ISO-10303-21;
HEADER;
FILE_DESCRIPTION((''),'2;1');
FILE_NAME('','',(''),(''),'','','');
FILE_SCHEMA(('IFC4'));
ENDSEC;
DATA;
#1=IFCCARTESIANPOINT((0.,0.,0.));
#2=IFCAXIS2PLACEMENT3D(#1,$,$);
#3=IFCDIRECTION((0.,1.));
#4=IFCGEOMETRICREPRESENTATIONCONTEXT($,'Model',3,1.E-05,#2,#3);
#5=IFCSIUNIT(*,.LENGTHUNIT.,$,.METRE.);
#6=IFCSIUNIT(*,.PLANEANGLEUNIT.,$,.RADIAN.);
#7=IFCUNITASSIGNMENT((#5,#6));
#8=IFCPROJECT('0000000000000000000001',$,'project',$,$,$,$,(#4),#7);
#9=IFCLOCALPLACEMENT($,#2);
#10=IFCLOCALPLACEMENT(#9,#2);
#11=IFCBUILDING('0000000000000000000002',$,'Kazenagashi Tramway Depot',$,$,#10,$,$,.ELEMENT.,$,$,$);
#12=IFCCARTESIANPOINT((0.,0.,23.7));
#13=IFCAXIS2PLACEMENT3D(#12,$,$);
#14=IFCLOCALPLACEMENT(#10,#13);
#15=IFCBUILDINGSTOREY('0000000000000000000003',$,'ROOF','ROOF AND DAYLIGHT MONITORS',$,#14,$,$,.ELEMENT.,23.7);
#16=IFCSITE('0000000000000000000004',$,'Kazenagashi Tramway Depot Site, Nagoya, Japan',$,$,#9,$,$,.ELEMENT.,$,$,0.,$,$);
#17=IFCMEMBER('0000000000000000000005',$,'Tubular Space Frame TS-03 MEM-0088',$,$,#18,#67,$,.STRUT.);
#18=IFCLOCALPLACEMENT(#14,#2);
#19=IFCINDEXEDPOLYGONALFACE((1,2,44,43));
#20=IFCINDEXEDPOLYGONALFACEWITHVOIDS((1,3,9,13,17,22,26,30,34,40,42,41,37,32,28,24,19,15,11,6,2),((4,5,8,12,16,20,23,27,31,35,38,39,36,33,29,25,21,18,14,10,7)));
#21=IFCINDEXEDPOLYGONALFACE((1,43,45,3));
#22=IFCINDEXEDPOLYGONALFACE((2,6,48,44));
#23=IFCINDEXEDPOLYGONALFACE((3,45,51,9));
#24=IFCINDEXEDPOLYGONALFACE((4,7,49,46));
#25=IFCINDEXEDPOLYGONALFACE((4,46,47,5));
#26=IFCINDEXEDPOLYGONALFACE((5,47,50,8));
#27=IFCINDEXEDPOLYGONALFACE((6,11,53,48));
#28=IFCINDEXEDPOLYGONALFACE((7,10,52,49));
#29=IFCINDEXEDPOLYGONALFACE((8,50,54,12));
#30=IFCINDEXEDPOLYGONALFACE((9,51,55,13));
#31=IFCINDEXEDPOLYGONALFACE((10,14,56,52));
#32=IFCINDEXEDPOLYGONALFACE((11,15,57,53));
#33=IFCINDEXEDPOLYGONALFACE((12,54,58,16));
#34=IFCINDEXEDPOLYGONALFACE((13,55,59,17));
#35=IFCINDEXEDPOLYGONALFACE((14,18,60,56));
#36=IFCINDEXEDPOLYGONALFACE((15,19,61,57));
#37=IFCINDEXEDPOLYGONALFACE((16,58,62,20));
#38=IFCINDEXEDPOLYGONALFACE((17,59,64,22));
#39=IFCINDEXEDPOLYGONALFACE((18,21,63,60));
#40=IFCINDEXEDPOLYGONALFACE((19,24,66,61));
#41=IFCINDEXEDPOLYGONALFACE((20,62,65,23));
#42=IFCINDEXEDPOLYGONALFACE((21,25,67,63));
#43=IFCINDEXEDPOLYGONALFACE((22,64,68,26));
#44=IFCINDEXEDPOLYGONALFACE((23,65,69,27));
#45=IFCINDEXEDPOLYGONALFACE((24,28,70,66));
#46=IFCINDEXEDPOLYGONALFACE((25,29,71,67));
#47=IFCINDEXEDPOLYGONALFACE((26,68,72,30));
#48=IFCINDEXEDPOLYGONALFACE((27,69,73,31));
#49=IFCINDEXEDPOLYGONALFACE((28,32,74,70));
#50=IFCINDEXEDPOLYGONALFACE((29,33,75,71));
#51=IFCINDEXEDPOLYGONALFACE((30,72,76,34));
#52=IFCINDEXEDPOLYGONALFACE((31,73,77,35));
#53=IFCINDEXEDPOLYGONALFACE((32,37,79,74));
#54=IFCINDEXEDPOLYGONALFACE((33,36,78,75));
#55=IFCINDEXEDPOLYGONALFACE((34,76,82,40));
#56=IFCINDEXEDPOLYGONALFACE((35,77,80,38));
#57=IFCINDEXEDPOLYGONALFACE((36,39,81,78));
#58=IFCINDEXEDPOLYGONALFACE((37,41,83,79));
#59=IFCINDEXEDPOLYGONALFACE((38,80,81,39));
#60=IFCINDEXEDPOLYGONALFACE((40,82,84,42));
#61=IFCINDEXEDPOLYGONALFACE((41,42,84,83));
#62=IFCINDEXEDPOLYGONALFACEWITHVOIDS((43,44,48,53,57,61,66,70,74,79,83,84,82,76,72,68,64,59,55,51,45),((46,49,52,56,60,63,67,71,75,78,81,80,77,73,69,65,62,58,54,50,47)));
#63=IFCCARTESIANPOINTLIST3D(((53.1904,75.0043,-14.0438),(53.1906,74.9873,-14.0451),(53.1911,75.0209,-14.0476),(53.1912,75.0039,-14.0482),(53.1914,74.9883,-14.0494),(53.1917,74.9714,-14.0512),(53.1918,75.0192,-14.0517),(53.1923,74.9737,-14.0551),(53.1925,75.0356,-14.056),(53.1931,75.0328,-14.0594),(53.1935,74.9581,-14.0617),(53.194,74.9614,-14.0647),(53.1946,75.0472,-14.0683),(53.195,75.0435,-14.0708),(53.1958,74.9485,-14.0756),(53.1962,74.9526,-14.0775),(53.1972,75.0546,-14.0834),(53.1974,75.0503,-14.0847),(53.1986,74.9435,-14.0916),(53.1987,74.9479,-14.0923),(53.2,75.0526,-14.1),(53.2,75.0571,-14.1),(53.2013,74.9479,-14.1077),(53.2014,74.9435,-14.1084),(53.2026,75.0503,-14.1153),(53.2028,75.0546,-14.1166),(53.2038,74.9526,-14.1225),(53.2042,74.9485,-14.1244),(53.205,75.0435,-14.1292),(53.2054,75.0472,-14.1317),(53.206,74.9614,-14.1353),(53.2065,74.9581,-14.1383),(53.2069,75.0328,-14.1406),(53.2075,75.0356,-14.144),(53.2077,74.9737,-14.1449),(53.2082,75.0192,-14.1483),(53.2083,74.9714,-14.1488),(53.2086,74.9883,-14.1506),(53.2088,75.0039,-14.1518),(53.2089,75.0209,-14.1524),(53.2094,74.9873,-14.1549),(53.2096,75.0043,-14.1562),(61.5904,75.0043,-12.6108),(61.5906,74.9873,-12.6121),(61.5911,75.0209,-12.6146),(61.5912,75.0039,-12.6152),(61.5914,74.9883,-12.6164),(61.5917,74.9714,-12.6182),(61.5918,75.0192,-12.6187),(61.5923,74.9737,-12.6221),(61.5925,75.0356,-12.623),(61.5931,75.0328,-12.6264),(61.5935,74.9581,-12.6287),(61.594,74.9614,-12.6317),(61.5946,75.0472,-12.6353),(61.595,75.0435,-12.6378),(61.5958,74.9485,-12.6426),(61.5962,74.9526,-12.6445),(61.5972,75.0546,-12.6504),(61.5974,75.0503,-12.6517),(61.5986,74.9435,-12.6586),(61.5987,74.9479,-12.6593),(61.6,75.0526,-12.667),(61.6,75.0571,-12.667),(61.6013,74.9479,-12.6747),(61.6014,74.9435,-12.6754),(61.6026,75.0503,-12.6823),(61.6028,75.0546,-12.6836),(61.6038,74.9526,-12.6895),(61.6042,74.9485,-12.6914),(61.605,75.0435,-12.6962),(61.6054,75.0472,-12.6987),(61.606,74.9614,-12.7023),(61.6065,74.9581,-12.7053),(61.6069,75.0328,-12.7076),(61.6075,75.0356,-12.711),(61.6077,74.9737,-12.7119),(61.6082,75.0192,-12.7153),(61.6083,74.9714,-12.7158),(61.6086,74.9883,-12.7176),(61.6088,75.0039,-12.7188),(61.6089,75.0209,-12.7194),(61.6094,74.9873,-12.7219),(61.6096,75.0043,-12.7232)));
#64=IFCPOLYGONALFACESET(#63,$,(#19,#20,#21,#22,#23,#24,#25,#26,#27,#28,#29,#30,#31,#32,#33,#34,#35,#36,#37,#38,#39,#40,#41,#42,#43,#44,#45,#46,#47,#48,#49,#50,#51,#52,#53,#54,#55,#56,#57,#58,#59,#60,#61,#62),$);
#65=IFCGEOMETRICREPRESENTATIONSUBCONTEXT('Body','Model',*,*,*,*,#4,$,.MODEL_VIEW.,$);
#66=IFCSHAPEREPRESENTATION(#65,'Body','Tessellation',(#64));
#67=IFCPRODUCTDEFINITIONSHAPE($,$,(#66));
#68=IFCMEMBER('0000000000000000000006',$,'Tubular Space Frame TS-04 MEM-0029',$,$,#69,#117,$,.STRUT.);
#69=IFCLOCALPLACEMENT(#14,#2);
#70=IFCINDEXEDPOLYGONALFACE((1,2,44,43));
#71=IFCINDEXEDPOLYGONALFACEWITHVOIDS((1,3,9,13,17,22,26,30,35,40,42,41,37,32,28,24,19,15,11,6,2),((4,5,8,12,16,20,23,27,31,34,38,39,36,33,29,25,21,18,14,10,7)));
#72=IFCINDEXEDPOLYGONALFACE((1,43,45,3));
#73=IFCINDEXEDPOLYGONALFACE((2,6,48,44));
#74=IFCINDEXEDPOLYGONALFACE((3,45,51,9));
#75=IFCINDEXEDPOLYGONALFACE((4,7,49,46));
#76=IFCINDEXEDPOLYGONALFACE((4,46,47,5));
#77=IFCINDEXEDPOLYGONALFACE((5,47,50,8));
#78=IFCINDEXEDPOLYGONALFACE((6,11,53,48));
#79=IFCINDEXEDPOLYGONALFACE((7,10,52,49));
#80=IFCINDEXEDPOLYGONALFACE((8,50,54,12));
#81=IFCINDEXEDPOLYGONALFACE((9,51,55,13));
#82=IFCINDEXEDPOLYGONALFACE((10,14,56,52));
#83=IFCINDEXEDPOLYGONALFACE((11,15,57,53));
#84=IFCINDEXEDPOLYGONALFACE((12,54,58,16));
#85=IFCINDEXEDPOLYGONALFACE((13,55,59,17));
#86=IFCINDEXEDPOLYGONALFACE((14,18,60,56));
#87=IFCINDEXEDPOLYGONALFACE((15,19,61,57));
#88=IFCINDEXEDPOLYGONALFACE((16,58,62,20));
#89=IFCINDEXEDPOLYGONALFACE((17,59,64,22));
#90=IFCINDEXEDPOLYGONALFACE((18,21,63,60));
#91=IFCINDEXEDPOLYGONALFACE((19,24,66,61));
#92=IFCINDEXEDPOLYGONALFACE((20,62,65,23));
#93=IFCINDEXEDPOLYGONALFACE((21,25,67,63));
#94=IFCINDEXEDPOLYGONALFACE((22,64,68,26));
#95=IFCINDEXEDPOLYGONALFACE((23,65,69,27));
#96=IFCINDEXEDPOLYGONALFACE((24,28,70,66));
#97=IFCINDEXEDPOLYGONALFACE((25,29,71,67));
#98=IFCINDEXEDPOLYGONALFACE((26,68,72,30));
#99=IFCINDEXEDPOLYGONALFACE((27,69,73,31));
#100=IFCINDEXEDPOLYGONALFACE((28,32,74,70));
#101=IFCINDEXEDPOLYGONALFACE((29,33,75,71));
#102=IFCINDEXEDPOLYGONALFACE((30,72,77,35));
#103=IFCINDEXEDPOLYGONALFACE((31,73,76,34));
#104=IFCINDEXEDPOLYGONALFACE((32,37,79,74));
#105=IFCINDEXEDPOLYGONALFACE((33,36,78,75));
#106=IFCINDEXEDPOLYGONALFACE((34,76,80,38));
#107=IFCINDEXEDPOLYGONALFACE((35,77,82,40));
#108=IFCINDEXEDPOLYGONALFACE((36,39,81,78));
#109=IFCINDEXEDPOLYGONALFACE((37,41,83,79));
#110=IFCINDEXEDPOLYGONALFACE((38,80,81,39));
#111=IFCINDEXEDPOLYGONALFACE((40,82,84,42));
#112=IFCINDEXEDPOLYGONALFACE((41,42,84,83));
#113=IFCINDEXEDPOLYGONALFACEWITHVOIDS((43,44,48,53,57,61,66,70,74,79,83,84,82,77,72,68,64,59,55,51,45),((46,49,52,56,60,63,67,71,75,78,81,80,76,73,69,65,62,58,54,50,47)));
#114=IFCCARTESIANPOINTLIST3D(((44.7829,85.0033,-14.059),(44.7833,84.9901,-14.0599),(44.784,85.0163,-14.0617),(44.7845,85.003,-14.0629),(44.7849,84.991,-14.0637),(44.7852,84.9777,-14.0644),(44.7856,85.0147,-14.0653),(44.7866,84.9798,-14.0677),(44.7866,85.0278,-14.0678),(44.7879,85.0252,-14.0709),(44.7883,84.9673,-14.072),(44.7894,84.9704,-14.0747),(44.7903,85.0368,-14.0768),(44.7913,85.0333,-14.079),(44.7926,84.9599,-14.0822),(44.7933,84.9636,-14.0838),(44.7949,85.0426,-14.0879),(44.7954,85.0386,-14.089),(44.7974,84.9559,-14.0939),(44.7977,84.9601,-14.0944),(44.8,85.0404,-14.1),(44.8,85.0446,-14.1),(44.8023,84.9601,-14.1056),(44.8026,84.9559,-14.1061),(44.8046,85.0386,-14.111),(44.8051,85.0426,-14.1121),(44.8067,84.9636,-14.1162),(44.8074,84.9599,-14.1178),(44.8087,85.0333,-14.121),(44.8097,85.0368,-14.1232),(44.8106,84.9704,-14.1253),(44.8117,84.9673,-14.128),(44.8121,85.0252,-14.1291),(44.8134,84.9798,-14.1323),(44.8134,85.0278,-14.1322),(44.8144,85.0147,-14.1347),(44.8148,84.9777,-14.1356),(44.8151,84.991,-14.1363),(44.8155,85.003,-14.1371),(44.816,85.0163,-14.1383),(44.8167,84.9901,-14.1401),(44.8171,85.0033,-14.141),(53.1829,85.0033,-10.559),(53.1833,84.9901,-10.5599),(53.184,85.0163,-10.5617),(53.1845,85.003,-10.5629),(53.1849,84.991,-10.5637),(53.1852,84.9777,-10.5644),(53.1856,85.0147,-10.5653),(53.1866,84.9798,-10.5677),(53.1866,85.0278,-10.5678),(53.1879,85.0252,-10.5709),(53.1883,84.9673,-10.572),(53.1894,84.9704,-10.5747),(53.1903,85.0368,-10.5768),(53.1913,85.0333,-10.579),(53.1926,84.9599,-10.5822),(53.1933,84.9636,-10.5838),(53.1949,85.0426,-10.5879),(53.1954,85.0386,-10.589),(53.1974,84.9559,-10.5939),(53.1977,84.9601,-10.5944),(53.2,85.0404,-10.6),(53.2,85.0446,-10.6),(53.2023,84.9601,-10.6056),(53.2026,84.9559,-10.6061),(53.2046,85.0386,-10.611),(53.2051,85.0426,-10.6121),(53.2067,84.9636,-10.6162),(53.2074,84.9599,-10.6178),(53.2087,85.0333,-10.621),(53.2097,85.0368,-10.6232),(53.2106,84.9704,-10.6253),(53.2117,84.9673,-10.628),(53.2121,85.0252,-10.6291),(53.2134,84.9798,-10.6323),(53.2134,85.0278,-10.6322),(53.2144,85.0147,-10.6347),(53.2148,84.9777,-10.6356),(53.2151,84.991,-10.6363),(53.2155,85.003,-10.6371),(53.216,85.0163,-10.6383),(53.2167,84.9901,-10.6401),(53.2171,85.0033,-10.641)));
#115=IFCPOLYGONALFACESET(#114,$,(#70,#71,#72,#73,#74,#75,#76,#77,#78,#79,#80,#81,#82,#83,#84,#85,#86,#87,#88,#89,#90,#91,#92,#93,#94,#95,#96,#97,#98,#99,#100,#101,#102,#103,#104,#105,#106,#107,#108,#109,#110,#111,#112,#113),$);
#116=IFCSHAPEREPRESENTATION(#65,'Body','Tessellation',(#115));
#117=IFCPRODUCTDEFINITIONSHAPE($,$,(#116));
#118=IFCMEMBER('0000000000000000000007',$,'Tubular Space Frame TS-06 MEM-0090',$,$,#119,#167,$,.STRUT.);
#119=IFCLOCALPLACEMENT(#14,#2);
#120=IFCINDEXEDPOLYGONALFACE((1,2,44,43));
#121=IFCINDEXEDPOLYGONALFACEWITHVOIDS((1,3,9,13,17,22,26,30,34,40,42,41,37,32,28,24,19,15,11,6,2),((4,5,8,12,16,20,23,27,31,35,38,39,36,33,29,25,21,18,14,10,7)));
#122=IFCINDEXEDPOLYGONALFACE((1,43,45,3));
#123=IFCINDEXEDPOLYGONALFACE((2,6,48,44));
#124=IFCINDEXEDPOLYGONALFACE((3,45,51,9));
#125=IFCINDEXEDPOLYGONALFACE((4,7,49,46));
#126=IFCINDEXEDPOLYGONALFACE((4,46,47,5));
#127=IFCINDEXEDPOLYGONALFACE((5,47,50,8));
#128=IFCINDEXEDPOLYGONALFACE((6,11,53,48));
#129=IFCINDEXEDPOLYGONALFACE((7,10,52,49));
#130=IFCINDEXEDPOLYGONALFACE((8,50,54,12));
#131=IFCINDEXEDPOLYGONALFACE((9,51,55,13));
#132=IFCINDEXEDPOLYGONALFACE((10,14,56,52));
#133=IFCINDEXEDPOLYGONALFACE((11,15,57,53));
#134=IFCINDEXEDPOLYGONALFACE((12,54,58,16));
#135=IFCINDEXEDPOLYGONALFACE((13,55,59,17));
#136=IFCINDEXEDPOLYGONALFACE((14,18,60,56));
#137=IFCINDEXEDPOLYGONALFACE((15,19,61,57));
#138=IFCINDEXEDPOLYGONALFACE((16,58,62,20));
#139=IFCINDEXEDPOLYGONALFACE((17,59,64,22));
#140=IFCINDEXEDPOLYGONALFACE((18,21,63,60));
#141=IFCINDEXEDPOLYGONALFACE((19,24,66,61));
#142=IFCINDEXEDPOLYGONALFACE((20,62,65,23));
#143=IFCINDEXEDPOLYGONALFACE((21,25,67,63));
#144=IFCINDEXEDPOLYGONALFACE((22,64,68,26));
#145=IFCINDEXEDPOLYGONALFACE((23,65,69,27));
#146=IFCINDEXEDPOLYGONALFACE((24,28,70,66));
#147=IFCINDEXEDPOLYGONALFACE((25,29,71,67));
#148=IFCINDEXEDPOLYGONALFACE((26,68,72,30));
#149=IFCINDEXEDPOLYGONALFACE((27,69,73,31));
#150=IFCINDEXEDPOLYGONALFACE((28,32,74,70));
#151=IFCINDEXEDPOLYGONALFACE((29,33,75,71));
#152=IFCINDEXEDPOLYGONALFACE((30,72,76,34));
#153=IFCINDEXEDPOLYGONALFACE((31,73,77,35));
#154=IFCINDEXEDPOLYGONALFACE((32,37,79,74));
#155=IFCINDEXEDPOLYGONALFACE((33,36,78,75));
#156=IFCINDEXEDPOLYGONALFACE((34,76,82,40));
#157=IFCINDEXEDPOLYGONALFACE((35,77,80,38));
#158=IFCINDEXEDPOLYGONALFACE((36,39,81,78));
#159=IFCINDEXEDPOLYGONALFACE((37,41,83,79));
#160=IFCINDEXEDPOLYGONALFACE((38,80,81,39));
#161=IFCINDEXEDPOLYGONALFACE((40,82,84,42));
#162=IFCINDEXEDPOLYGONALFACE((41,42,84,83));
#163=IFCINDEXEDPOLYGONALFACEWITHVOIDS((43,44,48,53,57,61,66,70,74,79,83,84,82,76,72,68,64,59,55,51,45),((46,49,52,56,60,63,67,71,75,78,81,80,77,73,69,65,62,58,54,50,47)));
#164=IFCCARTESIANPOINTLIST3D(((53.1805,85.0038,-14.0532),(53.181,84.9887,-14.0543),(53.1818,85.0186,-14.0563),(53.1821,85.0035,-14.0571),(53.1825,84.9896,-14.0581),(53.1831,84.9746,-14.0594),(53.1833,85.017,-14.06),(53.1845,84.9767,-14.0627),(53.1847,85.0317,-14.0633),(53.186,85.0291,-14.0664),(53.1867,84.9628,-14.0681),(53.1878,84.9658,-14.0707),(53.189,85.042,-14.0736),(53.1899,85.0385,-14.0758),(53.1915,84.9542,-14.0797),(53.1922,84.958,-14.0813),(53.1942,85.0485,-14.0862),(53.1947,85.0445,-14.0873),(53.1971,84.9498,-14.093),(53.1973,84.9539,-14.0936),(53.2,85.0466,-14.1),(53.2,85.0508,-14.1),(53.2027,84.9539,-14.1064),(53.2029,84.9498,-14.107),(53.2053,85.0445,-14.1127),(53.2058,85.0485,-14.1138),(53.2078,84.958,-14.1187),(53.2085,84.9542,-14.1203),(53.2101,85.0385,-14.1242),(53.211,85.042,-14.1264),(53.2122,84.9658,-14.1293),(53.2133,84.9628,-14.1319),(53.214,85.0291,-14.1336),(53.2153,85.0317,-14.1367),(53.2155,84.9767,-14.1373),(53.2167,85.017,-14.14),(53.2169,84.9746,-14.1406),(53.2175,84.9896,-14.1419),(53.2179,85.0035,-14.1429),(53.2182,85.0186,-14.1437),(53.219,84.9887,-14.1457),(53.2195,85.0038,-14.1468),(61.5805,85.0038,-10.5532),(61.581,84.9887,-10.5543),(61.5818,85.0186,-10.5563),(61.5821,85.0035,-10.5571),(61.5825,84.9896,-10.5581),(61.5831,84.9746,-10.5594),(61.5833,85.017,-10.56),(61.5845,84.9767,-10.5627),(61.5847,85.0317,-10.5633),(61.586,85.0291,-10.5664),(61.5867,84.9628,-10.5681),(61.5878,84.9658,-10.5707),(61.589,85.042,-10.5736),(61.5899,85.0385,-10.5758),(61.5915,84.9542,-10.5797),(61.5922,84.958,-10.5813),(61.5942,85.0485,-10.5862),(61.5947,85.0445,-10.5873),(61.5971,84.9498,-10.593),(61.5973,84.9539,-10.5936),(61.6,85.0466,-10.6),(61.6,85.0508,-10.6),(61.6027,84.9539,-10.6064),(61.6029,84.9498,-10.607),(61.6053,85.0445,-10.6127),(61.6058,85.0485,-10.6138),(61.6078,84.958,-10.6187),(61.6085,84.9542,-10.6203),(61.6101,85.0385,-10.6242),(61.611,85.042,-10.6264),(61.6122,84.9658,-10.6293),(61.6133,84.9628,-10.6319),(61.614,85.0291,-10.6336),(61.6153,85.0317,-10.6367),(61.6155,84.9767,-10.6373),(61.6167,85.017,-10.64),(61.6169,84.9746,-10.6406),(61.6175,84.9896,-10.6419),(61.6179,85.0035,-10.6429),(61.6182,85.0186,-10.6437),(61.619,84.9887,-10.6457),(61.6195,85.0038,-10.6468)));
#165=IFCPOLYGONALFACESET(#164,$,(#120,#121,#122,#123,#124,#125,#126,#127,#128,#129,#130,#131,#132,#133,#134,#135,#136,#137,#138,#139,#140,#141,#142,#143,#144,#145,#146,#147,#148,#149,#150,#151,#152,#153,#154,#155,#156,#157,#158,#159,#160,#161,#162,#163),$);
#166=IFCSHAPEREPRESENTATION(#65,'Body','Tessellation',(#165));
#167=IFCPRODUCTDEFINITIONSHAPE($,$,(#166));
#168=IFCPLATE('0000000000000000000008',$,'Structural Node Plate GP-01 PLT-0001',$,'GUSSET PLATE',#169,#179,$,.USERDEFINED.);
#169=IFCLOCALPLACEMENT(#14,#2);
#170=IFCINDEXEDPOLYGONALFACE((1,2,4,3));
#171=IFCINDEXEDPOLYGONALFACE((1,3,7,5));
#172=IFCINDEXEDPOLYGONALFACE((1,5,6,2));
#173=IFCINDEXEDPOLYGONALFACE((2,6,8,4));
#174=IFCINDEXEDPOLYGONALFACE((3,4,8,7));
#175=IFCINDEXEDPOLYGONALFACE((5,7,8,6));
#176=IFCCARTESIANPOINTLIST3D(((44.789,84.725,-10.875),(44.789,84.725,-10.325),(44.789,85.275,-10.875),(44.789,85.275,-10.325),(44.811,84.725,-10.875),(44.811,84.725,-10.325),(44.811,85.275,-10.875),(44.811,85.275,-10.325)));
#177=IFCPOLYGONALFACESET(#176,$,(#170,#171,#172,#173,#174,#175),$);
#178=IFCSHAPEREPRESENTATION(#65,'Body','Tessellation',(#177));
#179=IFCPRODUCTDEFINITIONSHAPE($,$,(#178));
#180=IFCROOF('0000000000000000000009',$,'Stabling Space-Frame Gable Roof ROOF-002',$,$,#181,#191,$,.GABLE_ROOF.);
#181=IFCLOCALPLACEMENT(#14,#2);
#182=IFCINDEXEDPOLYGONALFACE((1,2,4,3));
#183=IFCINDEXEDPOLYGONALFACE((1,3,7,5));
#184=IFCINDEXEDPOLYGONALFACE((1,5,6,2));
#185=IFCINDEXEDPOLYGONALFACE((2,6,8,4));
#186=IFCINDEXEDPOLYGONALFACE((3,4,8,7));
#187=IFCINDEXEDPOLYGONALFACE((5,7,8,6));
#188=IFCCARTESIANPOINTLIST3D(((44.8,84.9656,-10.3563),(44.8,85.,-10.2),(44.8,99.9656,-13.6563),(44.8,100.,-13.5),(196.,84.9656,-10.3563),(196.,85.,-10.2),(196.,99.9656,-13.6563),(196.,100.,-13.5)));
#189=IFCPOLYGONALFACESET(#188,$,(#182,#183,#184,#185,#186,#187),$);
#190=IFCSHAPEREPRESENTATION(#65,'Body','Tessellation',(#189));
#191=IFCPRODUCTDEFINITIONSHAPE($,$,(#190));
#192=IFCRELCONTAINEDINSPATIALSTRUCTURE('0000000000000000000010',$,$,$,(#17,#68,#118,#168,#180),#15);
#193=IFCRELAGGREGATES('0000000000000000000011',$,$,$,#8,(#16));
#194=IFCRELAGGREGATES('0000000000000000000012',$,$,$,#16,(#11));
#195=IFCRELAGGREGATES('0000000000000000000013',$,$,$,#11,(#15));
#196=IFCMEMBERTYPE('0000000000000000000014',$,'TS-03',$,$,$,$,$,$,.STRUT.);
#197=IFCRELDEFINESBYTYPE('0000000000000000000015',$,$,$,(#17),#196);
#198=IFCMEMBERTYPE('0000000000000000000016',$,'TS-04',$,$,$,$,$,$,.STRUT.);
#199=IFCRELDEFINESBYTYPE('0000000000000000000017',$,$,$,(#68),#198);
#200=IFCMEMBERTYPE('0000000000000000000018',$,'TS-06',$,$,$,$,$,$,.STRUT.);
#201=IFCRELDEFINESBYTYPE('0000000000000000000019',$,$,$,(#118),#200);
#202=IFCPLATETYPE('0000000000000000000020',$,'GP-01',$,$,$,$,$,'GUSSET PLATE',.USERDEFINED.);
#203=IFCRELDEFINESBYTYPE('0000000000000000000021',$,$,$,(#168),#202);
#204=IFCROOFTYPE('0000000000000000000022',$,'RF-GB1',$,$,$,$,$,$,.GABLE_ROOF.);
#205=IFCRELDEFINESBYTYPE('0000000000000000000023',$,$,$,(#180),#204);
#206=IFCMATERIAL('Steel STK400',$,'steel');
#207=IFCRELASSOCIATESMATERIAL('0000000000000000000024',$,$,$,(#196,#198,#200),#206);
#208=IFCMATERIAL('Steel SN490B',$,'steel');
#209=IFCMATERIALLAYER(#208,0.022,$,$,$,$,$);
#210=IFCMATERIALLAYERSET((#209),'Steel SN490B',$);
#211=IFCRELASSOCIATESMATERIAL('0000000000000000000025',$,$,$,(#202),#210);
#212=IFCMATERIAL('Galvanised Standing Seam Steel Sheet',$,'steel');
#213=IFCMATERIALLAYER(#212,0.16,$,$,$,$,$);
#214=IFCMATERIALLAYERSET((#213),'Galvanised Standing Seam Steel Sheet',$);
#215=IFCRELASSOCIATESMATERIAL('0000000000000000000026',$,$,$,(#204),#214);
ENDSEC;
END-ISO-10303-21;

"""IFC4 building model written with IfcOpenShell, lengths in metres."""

from ifc_helpers import new_model, si_unit, direction, frame, origin, origin_2d, place, context, subcontext, project, spatial, polyline, rectangle, hollow_circle, outline, extrude, material, layer, layer_set, material_profile, profile_set, type_object, element, save


model = new_model("IFC4")

# Units and contexts
model_context = context("Model", 3, precision=1e-05, world=origin(), true_north=direction((0.0, 1.0)))
body_context = subcontext(model_context, "Body", "Model", "MODEL_VIEW")
ifc_project = project(units=[si_unit("LENGTHUNIT", "METRE"), si_unit("PLANEANGLEUNIT", "RADIAN")], contexts=[model_context])

# Site, building, storey
site_placement = place(None, origin())
site = spatial("IfcSite", under=ifc_project, at=site_placement, Name="Kazenagashi Tramway Depot Site, Nagoya, Japan", CompositionType="ELEMENT", RefElevation=0.0)
building_placement = place(site_placement, origin())
building = spatial("IfcBuilding", under=site, at=building_placement, Name="Kazenagashi Tramway Depot", CompositionType="ELEMENT")
storey_placement = place(building_placement, frame((0.0, 0.0, 23.7)))
storey = spatial("IfcBuildingStorey", under=building, at=storey_placement, Name="ROOF", Description="ROOF AND DAYLIGHT MONITORS", CompositionType="ELEMENT", Elevation=23.7)

# Members
ifc_material_1 = material(Name="Steel STK400", Category="steel")
ifc_material_profile_1 = material_profile(ifc_material_1, hollow_circle(Radius=0.0571, WallThickness=0.0045, at=origin_2d()), Name="CHS-114.3x4.5")
ifc_profile_set_1 = profile_set([ifc_material_profile_1], Name="Steel STK400")
member_type_1 = type_object("IfcMemberType", Name="TS-03", PredefinedType="STRUT", material=ifc_profile_set_1)
for number, where, z_axis, x_axis, name in (
    (1, (53.2, 75.0, -14.1), (0.985759, 0.0, 0.168166), (0.0, 1.0, 0.0), "Tubular Space Frame TS-03 MEM-0088"),
):
    element("IfcMember", number, at=place(storey_placement, frame(where, z_axis=z_axis, x_axis=x_axis)), inside=storey, type_object=member_type_1, Name=name, PredefinedType="STRUT", context=body_context, shape_type="SweptSolid", body=[
        extrude(hollow_circle(Radius=0.0571, WallThickness=0.0045, at=origin_2d()), origin(), (0.0, 0.0, 1.0), 8.5214),
    ])
ifc_material_profile_2 = material_profile(ifc_material_1, hollow_circle(Radius=0.0445, WallThickness=0.0042, at=origin_2d()), Name="CHS-89.1x4.2")
ifc_profile_set_2 = profile_set([ifc_material_profile_2], Name="Steel STK400")
member_type_2 = type_object("IfcMemberType", Name="TS-04", PredefinedType="STRUT", material=ifc_profile_set_2)
member_1_placement = place(storey_placement, frame((44.8, 85.0, -14.1), z_axis=(0.923077, 0.0, 0.384615), x_axis=(0.0, 1.0, 0.0)))
element("IfcMember", 2, at=member_1_placement, inside=storey, type_object=member_type_2, Name="Tubular Space Frame TS-04 MEM-0029", PredefinedType="STRUT", context=body_context, shape_type="SweptSolid", body=[
    extrude(hollow_circle(Radius=0.0445, WallThickness=0.0042, at=origin_2d()), origin(), (0.0, 0.0, 1.0), 9.1),
])
ifc_material_profile_3 = material_profile(ifc_material_1, hollow_circle(Radius=0.0508, WallThickness=0.0042, at=origin_2d()), Name="CHS-101.6x4.2")
ifc_profile_set_3 = profile_set([ifc_material_profile_3], Name="Steel STK400")
member_type_3 = type_object("IfcMemberType", Name="TS-06", PredefinedType="STRUT", material=ifc_profile_set_3)
member_2_placement = place(storey_placement, frame((53.2, 85.0, -14.1), z_axis=(0.923077, 0.0, 0.384615), x_axis=(0.0, 1.0, 0.0)))
element("IfcMember", 3, at=member_2_placement, inside=storey, type_object=member_type_3, Name="Tubular Space Frame TS-06 MEM-0090", PredefinedType="STRUT", context=body_context, shape_type="SweptSolid", body=[
    extrude(hollow_circle(Radius=0.0508, WallThickness=0.0042, at=origin_2d()), origin(), (0.0, 0.0, 1.0), 9.1),
])

# Plate
ifc_material_2 = material(Name="Steel SN490B", Category="steel")
ifc_layer_1 = layer(ifc_material_2, 0.022)
ifc_layer_set_1 = layer_set([ifc_layer_1], Name="Steel SN490B")
plate_type = type_object("IfcPlateType", Name="GP-01", ElementType="GUSSET PLATE", PredefinedType="USERDEFINED", material=ifc_layer_set_1)
plate_placement = place(storey_placement, frame((44.8, 85.0, -10.875), z_axis=(0.0, 0.0, 1.0), x_axis=(0.0, 1.0, 0.0)))
element("IfcPlate", 4, at=plate_placement, inside=storey, type_object=plate_type, Name="Structural Node Plate GP-01 PLT-0001", ObjectType="GUSSET PLATE", PredefinedType="USERDEFINED", context=body_context, shape_type="SweptSolid", body=[
    extrude(rectangle(XDim=0.55, YDim=0.022, at=origin_2d()), origin(), (0.0, 0.0, 1.0), 0.55),
])

# Roof
ifc_material_3 = material(Name="Galvanised Standing Seam Steel Sheet", Category="steel")
ifc_layer_2 = layer(ifc_material_3, 0.16)
ifc_layer_set_2 = layer_set([ifc_layer_2], Name="Galvanised Standing Seam Steel Sheet")
roof_type = type_object("IfcRoofType", Name="RF-GB1", PredefinedType="GABLE_ROOF", material=ifc_layer_set_2)
roof_placement = place(storey_placement, frame((44.8, 85.0, -10.2), z_axis=(0.0, 0.214862, 0.976644), x_axis=(1.0, 0.0, 0.0)))
element("IfcRoof", 5, at=roof_placement, inside=storey, type_object=roof_type, Name="Stabling Space-Frame Gable Roof ROOF-002", PredefinedType="GABLE_ROOF", context=body_context, shape_type="SweptSolid", body=[
    extrude(outline(polyline([(0.0, 0.0), (151.2, 0.0), (151.2, 15.3587), (0.0, 15.3587), (0.0, 0.0)])), origin(), (0.0, 0.0, -1.0), 0.16),
])

save(model, "model.ifc")
